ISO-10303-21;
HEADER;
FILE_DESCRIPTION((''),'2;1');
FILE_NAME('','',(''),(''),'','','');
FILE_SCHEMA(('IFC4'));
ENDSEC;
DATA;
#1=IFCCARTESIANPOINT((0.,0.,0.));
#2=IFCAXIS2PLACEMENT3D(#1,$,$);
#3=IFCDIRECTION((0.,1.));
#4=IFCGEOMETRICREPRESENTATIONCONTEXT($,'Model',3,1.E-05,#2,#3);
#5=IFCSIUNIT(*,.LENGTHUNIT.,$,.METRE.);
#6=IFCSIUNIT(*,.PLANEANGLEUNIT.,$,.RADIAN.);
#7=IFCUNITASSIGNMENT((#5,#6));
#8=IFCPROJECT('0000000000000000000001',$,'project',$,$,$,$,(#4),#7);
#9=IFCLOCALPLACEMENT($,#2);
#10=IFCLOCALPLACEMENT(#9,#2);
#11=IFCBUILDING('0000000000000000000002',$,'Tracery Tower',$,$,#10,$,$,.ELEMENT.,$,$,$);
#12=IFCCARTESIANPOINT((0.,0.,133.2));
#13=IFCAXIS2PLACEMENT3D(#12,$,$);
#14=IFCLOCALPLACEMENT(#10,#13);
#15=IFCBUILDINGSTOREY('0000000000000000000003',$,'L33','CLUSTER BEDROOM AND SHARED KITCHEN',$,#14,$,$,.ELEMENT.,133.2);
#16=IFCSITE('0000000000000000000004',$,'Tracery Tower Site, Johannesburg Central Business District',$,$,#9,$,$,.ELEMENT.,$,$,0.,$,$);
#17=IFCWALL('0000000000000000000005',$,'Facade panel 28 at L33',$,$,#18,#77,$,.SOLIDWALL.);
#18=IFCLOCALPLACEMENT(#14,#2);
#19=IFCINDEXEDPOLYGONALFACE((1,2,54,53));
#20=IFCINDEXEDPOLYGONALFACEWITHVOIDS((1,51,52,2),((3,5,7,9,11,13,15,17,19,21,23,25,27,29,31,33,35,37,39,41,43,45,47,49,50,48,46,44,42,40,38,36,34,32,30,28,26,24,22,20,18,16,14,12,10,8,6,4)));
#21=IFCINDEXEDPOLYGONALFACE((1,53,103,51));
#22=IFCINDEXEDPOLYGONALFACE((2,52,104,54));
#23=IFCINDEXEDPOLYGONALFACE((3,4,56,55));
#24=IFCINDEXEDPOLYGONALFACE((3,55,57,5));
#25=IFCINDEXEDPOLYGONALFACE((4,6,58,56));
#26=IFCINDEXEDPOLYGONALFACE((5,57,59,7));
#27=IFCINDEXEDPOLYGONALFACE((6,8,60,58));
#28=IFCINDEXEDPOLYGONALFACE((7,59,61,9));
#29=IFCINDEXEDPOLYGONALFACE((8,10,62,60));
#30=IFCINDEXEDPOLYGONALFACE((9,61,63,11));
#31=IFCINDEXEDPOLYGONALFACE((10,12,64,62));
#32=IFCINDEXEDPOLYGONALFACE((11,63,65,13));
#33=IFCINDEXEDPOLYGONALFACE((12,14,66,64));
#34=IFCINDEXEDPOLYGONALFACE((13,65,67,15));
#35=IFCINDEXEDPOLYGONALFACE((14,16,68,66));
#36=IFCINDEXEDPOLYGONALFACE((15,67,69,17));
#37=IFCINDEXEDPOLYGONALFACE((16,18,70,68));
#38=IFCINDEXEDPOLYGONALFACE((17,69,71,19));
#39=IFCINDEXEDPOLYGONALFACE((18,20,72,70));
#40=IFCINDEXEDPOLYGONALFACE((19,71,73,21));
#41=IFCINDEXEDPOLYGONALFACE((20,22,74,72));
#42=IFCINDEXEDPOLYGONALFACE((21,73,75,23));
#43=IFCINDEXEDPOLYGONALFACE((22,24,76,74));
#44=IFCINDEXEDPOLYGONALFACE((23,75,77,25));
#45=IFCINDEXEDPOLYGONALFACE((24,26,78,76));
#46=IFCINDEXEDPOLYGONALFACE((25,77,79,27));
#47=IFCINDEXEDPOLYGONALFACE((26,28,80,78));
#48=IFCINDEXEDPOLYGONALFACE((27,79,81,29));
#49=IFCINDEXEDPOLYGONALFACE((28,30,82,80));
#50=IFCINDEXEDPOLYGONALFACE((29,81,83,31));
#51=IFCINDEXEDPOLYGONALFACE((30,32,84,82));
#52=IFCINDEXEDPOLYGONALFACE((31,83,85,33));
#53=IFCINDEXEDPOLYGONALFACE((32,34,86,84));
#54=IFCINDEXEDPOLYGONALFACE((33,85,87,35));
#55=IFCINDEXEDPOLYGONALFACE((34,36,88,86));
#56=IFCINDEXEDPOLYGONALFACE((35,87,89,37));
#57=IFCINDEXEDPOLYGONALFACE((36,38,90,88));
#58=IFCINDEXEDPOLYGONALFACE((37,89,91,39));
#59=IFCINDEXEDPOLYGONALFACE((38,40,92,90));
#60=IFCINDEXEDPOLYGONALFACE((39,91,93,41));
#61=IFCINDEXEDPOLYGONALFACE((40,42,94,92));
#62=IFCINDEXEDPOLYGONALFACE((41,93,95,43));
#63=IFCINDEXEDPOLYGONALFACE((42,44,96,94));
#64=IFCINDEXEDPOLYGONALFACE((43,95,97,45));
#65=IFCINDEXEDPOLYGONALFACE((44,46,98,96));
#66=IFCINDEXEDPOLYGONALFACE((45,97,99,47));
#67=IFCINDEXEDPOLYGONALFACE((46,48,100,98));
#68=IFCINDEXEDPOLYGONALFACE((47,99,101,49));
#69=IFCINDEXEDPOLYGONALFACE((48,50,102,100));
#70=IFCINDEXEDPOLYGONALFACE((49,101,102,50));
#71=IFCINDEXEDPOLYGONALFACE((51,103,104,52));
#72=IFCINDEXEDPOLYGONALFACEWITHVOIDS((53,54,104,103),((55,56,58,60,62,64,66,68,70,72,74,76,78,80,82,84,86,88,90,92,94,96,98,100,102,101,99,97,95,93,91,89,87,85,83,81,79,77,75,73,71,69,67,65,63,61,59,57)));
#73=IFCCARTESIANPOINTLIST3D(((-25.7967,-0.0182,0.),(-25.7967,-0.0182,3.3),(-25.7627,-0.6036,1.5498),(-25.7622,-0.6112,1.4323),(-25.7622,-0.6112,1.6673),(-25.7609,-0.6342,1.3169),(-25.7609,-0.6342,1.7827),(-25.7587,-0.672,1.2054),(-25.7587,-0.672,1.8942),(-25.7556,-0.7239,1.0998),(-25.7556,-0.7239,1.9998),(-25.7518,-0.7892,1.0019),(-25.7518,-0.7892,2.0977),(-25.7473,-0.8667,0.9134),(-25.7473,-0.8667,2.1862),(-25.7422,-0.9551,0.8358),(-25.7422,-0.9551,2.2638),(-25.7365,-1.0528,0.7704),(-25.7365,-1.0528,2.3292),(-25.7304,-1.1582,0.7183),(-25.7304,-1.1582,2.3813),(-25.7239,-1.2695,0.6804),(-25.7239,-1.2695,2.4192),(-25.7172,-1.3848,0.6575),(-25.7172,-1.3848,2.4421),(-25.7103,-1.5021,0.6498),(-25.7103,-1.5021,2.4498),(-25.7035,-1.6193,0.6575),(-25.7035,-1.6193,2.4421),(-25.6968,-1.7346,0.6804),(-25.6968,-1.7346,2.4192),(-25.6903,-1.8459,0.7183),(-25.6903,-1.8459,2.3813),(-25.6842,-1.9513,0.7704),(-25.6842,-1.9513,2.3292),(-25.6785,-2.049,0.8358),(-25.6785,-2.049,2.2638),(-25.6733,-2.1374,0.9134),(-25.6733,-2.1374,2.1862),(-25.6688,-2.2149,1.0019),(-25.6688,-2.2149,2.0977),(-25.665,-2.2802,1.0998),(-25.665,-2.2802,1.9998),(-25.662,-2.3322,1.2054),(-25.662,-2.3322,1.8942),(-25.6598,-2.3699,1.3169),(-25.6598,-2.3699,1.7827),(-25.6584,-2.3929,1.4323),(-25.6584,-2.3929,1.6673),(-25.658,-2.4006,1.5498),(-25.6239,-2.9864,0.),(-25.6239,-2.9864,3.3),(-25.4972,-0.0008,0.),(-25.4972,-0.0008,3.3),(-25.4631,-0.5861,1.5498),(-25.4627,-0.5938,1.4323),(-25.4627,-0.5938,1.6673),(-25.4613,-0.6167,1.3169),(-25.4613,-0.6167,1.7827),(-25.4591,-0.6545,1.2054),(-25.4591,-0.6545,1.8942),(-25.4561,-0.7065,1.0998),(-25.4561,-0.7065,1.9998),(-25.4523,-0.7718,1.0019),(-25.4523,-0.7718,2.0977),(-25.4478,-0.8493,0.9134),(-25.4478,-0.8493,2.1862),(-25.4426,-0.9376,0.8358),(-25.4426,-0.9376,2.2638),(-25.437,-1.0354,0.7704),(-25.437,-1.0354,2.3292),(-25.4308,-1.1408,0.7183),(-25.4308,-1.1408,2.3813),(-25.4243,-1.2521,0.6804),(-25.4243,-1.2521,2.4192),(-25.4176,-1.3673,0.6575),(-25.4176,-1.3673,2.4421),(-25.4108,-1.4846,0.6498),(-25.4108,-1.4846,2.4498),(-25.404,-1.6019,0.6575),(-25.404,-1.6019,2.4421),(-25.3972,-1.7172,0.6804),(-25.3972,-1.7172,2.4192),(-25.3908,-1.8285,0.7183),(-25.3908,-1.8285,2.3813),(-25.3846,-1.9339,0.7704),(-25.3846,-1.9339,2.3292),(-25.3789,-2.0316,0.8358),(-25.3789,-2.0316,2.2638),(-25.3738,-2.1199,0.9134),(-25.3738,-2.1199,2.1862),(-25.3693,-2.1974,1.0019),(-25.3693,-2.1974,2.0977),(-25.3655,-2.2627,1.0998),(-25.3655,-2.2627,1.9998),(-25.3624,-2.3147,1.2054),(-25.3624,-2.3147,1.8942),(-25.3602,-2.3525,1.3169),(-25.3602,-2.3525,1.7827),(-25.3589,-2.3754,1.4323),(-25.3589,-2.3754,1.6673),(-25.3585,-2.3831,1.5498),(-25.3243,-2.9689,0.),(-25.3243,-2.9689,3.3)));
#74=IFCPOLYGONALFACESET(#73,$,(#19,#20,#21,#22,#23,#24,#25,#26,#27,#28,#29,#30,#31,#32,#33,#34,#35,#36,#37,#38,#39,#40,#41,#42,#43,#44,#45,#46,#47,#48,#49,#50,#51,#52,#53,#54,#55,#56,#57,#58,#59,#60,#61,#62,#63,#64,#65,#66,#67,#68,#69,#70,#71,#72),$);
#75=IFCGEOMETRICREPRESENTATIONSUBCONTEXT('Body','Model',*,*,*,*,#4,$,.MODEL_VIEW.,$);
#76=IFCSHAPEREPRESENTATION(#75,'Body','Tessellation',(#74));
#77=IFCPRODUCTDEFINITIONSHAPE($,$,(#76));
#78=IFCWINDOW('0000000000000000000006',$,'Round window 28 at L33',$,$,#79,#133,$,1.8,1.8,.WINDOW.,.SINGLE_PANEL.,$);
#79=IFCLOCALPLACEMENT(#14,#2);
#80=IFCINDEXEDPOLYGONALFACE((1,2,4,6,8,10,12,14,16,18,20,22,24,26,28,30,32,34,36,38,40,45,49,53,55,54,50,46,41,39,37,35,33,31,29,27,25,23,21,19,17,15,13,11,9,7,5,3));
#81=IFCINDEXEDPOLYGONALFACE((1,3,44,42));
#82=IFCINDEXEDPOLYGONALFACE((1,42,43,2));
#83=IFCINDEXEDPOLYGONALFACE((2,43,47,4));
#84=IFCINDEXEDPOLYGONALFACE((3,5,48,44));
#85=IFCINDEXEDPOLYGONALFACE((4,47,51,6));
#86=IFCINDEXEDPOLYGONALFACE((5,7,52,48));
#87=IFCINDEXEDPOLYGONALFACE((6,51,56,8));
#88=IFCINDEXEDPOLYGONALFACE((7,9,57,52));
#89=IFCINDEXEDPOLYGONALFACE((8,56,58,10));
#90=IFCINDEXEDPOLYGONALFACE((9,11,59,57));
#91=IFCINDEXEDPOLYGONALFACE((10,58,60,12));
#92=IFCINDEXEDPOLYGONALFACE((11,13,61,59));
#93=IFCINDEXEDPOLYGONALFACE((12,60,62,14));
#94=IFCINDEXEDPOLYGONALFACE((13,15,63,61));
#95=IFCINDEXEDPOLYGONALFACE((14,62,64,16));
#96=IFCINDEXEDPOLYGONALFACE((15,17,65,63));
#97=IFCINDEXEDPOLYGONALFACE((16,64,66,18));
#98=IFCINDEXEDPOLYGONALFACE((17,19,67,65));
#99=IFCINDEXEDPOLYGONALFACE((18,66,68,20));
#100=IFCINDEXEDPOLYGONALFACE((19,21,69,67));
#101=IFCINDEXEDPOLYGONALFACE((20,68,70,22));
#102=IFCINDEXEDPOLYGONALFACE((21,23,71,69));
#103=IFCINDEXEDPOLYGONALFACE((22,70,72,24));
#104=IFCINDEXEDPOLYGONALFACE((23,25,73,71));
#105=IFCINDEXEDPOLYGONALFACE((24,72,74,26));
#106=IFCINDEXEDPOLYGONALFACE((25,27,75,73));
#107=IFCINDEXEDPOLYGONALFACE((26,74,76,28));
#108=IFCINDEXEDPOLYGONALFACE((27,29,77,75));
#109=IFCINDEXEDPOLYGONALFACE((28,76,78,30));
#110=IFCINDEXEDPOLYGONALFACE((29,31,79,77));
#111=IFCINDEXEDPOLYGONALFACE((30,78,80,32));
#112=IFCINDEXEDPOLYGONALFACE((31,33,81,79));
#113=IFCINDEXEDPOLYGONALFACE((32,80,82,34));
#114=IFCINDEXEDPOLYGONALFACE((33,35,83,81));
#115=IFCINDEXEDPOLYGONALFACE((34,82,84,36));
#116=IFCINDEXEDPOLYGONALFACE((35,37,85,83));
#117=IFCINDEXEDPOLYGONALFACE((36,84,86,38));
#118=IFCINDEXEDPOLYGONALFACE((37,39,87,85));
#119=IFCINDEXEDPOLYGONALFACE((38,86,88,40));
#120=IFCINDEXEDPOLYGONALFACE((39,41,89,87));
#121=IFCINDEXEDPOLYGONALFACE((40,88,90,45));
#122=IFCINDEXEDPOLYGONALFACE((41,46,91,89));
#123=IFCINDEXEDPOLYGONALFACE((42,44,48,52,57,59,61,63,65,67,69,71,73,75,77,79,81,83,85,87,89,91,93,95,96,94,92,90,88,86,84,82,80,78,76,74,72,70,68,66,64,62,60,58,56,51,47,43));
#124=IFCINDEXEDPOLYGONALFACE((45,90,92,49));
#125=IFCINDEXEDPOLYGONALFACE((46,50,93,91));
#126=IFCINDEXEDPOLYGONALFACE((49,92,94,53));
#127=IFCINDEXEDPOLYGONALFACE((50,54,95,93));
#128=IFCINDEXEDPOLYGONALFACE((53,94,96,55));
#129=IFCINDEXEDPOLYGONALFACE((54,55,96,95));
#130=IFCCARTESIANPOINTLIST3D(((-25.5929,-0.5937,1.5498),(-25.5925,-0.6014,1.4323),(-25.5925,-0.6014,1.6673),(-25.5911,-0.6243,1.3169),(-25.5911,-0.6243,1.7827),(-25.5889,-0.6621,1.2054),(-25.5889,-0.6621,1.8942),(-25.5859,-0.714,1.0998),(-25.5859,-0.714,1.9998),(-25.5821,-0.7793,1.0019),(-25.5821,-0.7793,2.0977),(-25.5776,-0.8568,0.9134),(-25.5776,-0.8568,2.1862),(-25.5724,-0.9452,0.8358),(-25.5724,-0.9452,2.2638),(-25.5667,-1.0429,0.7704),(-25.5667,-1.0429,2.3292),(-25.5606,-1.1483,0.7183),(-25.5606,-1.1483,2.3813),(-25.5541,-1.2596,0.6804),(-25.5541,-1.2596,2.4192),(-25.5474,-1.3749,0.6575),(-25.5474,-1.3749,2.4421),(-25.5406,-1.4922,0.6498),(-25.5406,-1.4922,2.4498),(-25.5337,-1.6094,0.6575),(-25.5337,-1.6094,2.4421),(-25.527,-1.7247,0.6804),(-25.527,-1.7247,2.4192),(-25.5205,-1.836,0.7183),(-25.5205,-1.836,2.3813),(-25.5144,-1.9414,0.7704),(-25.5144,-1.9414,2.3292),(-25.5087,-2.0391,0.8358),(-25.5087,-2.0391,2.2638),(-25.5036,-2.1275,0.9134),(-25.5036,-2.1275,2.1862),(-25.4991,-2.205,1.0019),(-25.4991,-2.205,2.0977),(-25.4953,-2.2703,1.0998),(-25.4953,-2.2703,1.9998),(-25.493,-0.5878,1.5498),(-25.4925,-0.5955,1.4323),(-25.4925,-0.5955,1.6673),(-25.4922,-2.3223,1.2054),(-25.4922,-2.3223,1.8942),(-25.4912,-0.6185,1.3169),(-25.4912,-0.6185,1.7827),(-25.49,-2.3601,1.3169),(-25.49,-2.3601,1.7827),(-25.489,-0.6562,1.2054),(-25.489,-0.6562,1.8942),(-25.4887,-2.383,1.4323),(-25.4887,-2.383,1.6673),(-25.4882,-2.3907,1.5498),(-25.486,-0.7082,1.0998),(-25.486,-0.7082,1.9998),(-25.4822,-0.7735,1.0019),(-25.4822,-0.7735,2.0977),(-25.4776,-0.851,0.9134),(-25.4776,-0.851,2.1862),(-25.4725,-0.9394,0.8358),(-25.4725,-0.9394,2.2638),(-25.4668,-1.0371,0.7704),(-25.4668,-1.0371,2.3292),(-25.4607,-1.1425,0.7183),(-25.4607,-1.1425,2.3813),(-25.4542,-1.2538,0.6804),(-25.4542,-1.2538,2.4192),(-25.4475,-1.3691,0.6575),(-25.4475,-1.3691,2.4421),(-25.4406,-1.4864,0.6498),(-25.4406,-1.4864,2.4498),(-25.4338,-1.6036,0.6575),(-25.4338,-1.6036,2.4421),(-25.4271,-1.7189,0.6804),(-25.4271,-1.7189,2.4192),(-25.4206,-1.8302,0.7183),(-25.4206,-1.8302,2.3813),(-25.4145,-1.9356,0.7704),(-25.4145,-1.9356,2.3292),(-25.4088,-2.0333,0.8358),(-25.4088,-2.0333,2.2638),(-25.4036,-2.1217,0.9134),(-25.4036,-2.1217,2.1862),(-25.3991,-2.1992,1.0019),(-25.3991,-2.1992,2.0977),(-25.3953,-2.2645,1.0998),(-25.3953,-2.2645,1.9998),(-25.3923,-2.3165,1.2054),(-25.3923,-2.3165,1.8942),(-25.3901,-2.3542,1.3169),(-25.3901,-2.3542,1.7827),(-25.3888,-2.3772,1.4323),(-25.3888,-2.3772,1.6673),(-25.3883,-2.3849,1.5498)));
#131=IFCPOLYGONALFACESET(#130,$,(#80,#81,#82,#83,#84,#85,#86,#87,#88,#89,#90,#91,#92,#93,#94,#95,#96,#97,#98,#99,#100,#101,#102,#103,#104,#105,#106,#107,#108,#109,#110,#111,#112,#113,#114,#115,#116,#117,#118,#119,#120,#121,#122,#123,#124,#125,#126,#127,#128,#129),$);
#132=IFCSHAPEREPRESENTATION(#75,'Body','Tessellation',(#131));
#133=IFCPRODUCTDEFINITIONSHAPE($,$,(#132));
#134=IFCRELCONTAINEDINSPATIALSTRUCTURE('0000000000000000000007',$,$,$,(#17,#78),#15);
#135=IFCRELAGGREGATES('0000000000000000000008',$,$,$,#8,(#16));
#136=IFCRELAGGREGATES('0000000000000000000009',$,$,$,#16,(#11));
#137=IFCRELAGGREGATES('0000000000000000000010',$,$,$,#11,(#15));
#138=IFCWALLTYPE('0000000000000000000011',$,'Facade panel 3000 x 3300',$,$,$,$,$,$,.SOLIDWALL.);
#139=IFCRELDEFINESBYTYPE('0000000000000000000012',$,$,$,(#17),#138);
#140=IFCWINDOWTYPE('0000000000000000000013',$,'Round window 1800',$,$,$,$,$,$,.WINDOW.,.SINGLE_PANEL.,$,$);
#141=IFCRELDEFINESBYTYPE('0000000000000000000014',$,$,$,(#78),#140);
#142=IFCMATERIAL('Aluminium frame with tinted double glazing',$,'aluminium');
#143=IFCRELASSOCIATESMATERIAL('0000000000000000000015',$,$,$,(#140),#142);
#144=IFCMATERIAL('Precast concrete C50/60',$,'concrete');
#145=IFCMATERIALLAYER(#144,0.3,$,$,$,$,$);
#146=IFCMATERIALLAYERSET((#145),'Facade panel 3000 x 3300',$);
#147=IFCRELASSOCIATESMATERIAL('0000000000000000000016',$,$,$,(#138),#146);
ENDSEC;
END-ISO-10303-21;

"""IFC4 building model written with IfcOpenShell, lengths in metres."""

from ifc_helpers import new_model, si_unit, direction, frame, frame_2d, origin, origin_2d, place, context, subcontext, project, spatial, rectangle, circle, extrude, material, layer, layer_set, type_object, element, fill, save


model = new_model("IFC4")

# Units and contexts
model_context = context("Model", 3, precision=1e-05, world=origin(), true_north=direction((0.0, 1.0)))
body_context = subcontext(model_context, "Body", "Model", "MODEL_VIEW")
ifc_project = project(units=[si_unit("LENGTHUNIT", "METRE"), si_unit("PLANEANGLEUNIT", "RADIAN")], contexts=[model_context])

# Site, building, storey
site_placement = place(None, origin())
site = spatial("IfcSite", under=ifc_project, at=site_placement, Name="Tracery Tower Site, Johannesburg Central Business District", CompositionType="ELEMENT", RefElevation=0.0)
building_placement = place(site_placement, origin())
building = spatial("IfcBuilding", under=site, at=building_placement, Name="Tracery Tower", CompositionType="ELEMENT")
storey_placement = place(building_placement, frame((0.0, 0.0, 133.2)))
storey = spatial("IfcBuildingStorey", under=building, at=storey_placement, Name="L33", Description="CLUSTER BEDROOM AND SHARED KITCHEN", CompositionType="ELEMENT", Elevation=133.2)

# Wall, opening, window
ifc_material_1 = material(Name="Aluminium frame with tinted double glazing", Category="aluminium")
window_type = type_object("IfcWindowType", Name="Round window 1800", PartitioningType="SINGLE_PANEL", PredefinedType="WINDOW", material=ifc_material_1)
ifc_material_2 = material(Name="Precast concrete C50/60", Category="concrete")
ifc_layer_1 = layer(ifc_material_2, 0.3)
ifc_layer_set_1 = layer_set([ifc_layer_1], Name="Facade panel 3000 x 3300")
wall_type_1 = type_object("IfcWallType", Name="Facade panel 3000 x 3300", PredefinedType="SOLIDWALL", material=ifc_layer_set_1)
wall_1_placement = place(storey_placement, frame((-25.647, -0.0095, 0.0), z_axis=(0.0, 0.0, 1.0), x_axis=(0.05814, -0.998308, 0.0)))
wall_1 = element("IfcWall", 1, at=wall_1_placement, inside=storey, type_object=wall_type_1, Name="Facade panel 28 at L33", PredefinedType="SOLIDWALL", context=body_context, shape_type="SweptSolid", body=[
    extrude(rectangle(XDim=2.9731, YDim=0.3, at=frame_2d((1.4866, 0.0))), origin(), (0.0, 0.0, 1.0), 3.3),
])
opening_1_placement = place(wall_1_placement, frame((1.4863, 0.0, 1.5498)))
opening_1 = element("IfcOpeningElement", 2, at=opening_1_placement, cuts=wall_1, PredefinedType="OPENING", context=body_context, shape_type="SweptSolid", body=[
    extrude(circle(Radius=0.9, at=origin_2d()), frame((0.0, 0.1599, 0.0), z_axis=(0.0, -1.0, 0.0), x_axis=(1.0, 0.0, 0.0)), (0.0, 0.0, 1.0), 0.3201),
])
window_1_placement = place(opening_1_placement, origin())
window_1 = element("IfcWindow", 3, at=window_1_placement, inside=storey, type_object=window_type, Name="Round window 28 at L33", OverallHeight=1.8, OverallWidth=1.8, PartitioningType="SINGLE_PANEL", PredefinedType="WINDOW", context=body_context, shape_type="SweptSolid", body=[
    extrude(circle(Radius=0.9, at=origin_2d()), frame((0.0, 0.1201, 0.0), z_axis=(0.0, -1.0, 0.0), x_axis=(1.0, 0.0, 0.0)), (0.0, 0.0, 1.0), 0.1001),
])
fill(opening_1, window_1)

save(model, "model.ifc")
